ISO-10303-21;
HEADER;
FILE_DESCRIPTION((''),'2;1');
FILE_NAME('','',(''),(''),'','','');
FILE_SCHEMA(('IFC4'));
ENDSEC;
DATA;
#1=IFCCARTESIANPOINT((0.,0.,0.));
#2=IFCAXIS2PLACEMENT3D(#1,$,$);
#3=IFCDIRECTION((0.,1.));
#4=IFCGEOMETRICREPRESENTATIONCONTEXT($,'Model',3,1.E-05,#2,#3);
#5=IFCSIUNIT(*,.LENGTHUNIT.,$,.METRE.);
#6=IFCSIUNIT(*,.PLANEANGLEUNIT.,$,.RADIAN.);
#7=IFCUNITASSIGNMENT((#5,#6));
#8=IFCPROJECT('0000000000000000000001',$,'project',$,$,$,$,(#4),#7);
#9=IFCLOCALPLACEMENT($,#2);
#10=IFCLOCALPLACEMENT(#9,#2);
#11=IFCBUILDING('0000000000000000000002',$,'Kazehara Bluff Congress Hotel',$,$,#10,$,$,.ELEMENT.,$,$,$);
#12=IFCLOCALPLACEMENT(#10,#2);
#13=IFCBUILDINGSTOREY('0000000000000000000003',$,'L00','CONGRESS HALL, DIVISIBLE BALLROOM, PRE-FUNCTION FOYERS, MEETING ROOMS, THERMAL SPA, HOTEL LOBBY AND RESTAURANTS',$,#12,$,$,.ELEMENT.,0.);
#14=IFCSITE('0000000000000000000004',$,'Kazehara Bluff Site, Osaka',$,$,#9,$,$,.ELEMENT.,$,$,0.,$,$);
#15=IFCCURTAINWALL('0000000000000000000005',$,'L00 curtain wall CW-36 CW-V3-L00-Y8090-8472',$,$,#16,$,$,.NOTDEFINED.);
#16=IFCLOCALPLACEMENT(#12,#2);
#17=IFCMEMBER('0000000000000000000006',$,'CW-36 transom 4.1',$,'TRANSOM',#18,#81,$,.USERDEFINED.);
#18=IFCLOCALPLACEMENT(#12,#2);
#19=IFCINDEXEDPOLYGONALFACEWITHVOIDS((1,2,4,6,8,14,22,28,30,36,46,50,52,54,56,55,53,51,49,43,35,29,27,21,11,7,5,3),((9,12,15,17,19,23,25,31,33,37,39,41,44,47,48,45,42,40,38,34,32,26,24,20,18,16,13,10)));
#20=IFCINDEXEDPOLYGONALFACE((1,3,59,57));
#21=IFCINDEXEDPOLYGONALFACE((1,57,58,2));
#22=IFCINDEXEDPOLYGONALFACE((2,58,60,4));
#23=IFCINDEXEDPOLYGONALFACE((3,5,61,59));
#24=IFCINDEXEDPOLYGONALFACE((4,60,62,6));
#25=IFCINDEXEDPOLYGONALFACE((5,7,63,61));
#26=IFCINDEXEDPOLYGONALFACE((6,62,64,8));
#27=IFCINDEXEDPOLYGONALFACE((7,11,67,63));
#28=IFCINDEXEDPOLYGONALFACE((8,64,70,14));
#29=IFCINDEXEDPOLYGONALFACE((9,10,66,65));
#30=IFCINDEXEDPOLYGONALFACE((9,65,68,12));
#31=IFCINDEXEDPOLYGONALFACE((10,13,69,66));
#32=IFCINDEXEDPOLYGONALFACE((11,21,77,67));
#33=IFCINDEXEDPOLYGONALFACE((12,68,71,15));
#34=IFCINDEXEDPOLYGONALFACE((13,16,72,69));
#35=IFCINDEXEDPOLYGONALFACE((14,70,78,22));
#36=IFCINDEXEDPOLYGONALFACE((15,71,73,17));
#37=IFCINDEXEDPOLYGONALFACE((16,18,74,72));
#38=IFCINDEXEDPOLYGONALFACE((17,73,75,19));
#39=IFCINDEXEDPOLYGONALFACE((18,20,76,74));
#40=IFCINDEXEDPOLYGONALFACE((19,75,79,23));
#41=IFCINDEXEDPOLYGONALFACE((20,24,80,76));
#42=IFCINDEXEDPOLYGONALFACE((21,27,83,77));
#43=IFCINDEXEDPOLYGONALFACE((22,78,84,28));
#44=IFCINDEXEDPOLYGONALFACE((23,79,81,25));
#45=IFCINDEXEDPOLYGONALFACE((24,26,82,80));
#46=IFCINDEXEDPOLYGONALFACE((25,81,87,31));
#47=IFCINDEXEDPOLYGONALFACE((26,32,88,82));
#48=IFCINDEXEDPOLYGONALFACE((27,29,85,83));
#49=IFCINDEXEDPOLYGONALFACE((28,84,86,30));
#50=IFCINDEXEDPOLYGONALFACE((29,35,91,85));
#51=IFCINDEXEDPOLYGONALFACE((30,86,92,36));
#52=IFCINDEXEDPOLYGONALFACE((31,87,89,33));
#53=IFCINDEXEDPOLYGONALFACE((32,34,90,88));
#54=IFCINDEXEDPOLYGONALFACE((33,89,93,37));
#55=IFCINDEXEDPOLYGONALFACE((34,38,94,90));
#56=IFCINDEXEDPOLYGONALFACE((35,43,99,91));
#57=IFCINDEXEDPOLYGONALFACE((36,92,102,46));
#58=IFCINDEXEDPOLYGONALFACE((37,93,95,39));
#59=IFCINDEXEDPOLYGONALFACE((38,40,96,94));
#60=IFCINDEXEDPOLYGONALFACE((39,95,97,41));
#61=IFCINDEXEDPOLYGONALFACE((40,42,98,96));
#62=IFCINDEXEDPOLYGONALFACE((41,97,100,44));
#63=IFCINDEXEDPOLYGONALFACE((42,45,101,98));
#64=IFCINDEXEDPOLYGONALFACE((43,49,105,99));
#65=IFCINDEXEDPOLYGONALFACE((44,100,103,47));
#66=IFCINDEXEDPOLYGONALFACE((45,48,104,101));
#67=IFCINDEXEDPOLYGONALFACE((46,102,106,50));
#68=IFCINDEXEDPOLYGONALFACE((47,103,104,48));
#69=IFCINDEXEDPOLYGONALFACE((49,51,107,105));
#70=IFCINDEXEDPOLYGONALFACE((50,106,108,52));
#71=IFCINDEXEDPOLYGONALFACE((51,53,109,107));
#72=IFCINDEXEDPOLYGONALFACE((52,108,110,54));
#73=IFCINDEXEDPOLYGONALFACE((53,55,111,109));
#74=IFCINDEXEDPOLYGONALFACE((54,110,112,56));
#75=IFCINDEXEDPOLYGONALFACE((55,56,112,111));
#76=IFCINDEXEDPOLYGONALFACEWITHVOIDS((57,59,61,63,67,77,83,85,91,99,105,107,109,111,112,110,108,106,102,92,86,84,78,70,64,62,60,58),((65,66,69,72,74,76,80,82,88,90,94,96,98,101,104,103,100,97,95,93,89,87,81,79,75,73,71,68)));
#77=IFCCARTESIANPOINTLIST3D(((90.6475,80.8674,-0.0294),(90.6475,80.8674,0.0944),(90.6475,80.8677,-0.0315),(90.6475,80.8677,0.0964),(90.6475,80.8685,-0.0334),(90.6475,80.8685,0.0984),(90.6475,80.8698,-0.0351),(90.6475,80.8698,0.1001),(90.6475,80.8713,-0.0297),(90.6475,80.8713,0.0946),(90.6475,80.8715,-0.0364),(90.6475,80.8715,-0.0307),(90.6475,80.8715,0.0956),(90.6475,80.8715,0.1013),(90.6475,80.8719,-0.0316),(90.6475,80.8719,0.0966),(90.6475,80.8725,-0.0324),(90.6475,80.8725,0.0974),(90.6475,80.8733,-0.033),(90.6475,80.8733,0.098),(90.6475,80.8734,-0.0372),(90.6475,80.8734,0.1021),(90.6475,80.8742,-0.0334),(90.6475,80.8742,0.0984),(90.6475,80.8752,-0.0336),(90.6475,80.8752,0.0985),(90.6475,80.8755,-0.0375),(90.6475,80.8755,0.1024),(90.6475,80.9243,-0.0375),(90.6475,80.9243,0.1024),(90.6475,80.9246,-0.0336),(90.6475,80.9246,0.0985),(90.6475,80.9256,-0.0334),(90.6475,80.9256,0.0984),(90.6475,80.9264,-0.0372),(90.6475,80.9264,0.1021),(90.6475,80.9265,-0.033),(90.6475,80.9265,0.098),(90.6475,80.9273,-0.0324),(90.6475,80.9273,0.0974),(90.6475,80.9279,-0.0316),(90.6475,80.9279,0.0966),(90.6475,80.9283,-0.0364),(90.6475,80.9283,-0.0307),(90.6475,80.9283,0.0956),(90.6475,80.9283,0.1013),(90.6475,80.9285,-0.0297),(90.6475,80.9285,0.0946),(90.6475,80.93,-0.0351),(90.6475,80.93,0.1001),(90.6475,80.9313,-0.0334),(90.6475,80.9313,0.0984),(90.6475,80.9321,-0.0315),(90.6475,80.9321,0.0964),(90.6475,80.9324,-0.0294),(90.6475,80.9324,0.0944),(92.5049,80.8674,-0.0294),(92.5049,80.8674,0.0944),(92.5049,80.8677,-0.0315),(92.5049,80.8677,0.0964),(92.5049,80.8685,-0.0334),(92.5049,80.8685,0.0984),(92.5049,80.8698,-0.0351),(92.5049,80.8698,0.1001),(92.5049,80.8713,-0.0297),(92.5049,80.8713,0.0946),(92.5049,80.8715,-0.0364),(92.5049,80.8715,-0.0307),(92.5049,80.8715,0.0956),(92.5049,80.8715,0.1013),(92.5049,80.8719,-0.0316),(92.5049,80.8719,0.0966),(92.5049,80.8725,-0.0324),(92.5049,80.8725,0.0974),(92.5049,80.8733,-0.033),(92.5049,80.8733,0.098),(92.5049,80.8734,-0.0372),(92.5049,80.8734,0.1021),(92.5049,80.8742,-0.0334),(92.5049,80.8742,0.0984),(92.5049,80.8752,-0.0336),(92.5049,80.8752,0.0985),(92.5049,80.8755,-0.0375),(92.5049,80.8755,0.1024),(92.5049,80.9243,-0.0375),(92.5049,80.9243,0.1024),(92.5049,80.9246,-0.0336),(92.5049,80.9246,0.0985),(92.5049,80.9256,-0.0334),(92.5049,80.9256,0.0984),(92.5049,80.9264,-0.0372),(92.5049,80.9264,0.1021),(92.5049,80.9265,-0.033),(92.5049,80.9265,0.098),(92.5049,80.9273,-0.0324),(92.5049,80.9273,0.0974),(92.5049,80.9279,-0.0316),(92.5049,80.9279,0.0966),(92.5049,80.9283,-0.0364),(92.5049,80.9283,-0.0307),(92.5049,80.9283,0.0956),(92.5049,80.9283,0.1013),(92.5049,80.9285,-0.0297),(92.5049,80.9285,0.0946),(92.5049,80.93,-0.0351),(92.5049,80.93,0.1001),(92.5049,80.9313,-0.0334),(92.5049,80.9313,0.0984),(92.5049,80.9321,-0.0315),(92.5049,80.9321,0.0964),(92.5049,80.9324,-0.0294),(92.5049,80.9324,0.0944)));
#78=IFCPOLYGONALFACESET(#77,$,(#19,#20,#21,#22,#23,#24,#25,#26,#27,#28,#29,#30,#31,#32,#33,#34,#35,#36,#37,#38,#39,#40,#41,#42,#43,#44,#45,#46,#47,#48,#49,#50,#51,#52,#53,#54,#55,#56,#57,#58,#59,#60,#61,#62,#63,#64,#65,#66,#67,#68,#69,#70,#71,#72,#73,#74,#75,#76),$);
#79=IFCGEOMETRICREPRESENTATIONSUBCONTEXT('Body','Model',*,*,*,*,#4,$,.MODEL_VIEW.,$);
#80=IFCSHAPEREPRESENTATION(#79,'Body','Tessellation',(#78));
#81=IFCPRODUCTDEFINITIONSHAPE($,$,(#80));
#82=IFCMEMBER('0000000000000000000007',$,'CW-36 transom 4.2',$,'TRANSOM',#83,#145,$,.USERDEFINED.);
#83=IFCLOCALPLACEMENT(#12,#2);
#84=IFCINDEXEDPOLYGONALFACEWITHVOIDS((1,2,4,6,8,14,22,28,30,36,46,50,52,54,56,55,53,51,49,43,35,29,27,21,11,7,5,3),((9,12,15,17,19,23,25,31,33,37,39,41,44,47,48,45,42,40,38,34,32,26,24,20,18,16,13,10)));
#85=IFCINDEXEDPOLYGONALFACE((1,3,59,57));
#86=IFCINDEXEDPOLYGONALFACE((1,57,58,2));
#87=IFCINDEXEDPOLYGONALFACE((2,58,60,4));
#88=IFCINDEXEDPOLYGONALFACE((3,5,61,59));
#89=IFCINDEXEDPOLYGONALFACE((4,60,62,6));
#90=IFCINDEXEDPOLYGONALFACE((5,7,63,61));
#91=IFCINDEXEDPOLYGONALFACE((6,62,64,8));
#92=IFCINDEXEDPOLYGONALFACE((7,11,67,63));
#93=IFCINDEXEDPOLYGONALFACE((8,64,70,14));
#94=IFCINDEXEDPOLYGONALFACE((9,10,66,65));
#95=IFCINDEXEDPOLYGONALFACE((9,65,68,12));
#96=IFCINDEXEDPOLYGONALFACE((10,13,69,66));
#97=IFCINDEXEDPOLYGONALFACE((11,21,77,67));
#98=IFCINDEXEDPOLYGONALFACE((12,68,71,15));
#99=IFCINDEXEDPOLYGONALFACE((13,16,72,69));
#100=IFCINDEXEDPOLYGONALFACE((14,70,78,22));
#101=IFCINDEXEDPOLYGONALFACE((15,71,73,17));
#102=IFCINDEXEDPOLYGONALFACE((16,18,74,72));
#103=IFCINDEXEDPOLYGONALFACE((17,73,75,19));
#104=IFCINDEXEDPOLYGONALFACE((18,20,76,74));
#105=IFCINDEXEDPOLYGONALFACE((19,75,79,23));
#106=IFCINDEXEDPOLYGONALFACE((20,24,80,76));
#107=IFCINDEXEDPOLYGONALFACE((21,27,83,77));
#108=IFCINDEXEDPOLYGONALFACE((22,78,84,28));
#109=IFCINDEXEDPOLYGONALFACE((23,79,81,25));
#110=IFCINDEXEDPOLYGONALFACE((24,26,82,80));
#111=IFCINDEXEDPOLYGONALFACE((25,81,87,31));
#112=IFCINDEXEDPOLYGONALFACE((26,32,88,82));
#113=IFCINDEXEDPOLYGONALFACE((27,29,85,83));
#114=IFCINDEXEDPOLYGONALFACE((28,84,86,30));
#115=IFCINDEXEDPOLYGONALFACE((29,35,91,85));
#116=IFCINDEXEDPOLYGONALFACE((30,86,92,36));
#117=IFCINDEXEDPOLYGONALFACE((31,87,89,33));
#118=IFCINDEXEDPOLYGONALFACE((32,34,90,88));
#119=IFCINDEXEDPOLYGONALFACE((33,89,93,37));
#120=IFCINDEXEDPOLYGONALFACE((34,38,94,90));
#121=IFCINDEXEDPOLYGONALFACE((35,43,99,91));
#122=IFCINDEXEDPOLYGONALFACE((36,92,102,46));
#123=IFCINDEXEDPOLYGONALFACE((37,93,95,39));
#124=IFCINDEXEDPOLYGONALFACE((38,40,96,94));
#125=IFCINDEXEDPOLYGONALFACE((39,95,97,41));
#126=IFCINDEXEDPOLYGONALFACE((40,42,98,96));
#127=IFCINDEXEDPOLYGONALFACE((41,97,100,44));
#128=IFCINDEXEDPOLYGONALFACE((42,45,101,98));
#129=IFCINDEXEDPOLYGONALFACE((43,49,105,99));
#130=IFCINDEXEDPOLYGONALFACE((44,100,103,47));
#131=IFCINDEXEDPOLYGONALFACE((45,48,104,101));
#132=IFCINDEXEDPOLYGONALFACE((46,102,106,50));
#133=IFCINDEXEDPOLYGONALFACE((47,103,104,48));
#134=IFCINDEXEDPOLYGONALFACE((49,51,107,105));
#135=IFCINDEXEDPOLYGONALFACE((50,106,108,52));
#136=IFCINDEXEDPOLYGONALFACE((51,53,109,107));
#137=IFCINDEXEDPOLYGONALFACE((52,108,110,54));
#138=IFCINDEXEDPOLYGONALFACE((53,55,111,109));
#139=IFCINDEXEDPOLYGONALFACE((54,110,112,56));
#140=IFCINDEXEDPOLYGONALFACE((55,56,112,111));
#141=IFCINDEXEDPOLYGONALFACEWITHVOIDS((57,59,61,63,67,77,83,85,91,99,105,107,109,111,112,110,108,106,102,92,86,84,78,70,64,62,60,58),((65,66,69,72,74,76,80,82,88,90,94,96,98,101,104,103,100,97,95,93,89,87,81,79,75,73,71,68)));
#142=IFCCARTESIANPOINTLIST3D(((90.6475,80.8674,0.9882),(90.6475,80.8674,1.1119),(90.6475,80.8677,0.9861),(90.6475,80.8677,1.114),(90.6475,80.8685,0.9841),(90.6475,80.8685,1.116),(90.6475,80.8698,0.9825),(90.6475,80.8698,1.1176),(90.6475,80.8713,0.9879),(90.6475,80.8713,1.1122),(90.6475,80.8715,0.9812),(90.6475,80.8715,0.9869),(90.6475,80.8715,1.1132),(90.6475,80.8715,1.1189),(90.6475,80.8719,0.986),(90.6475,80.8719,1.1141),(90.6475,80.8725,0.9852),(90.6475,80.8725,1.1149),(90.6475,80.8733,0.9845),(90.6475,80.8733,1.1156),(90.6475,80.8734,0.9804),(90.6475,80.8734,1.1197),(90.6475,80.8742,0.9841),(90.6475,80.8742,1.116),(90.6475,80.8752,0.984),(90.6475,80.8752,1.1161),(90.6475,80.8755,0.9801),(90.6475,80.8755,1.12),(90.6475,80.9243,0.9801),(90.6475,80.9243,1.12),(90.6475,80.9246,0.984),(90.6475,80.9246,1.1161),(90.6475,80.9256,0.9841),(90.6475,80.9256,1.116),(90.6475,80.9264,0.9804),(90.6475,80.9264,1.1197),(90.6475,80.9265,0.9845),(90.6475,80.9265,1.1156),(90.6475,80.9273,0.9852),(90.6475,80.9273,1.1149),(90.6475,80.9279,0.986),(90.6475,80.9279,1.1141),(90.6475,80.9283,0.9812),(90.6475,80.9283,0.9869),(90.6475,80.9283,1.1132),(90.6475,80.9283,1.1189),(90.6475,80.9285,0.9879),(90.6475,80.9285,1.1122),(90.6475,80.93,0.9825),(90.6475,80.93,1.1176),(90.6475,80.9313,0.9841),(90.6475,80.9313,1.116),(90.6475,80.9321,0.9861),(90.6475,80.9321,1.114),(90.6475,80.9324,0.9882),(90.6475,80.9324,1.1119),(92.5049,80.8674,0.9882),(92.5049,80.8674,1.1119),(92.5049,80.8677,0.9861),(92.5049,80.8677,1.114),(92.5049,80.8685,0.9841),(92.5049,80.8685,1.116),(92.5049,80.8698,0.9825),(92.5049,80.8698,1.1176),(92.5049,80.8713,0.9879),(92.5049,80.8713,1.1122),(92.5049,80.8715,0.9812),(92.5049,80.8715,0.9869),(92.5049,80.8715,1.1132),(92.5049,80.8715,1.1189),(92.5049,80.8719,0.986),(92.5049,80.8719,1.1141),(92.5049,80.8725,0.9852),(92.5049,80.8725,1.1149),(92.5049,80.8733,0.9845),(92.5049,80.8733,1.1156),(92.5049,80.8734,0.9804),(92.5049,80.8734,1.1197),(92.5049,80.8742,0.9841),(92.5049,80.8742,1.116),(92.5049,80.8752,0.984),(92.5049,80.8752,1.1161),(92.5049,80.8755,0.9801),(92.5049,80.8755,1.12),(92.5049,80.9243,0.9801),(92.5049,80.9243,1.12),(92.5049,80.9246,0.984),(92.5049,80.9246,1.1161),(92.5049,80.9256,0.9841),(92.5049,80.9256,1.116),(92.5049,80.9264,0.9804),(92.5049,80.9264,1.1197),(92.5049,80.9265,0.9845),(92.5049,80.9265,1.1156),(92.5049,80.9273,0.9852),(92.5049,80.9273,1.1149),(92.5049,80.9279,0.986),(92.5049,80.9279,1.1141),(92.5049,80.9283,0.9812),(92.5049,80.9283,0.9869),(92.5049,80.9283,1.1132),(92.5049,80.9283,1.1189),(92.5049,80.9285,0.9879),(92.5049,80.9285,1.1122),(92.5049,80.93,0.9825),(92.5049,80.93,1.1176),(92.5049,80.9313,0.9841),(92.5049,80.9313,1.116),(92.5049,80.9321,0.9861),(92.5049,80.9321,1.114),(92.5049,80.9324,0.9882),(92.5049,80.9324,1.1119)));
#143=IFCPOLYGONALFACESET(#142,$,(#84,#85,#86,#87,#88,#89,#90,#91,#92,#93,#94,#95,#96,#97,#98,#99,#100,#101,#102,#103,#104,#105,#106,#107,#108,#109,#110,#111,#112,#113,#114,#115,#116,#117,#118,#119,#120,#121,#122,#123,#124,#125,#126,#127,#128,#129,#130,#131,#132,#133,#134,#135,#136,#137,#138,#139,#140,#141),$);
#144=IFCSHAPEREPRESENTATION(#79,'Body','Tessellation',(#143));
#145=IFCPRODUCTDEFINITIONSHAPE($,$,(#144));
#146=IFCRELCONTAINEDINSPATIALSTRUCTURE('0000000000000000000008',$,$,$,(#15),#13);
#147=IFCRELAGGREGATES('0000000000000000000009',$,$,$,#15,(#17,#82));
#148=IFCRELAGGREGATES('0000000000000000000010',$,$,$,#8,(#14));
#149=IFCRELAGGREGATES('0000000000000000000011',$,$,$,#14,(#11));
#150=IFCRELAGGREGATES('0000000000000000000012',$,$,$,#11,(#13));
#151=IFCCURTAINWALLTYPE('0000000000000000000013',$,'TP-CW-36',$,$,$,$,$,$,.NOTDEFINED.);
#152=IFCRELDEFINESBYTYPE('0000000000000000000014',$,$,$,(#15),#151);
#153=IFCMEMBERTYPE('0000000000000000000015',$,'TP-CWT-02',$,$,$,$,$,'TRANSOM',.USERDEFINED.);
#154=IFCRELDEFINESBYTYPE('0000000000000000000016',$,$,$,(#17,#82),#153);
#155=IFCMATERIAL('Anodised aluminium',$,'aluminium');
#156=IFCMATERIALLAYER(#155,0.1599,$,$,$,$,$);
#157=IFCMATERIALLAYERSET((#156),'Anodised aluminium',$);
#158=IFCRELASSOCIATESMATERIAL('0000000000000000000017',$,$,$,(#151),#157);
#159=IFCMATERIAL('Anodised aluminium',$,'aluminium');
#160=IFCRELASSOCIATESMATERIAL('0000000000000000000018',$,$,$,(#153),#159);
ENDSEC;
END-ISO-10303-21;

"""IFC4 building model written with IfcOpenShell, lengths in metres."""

from ifc_helpers import new_model, si_unit, direction, frame, origin, origin_2d, place, context, subcontext, project, spatial, hollow_rectangle, extrude, material, layer, layer_set, material_profile, profile_set, type_object, element, aggregate, save


model = new_model("IFC4")

# Units and contexts
model_context = context("Model", 3, precision=1e-05, world=origin(), true_north=direction((0.0, 1.0)))
body_context = subcontext(model_context, "Body", "Model", "MODEL_VIEW")
ifc_project = project(units=[si_unit("LENGTHUNIT", "METRE"), si_unit("PLANEANGLEUNIT", "RADIAN")], contexts=[model_context])

# Site, building, storey
site_placement = place(None, origin())
site = spatial("IfcSite", under=ifc_project, at=site_placement, Name="Kazehara Bluff Site, Osaka", CompositionType="ELEMENT", RefElevation=0.0)
building_placement = place(site_placement, origin())
building = spatial("IfcBuilding", under=site, at=building_placement, Name="Kazehara Bluff Congress Hotel", CompositionType="ELEMENT")
storey_placement = place(building_placement, origin())
storey = spatial("IfcBuildingStorey", under=building, at=storey_placement, Name="L00", Description="CONGRESS HALL, DIVISIBLE BALLROOM, PRE-FUNCTION FOYERS, MEETING ROOMS, THERMAL SPA, HOTEL LOBBY AND RESTAURANTS", CompositionType="ELEMENT", Elevation=0.0)

# Curtain wall, members
ifc_material_1 = material(Name="Anodised aluminium", Category="aluminium")
ifc_layer_1 = layer(ifc_material_1, 0.1599)
ifc_layer_set_1 = layer_set([ifc_layer_1], Name="Anodised aluminium")
curtain_wall_type = type_object("IfcCurtainWallType", Name="TP-CW-36", PredefinedType="NOTDEFINED", material=ifc_layer_set_1)
curtain_wall_placement = place(storey_placement, origin())
curtain_wall = element("IfcCurtainWall", 1, at=curtain_wall_placement, inside=storey, type_object=curtain_wall_type, Name="L00 curtain wall CW-36 CW-V3-L00-Y8090-8472", PredefinedType="NOTDEFINED")
ifc_material_2 = material(Name="Anodised aluminium", Category="aluminium")
ifc_material_profile_1 = material_profile(ifc_material_2, hollow_rectangle(XDim=0.0649, YDim=0.1399, WallThickness=0.0039, InnerFilletRadius=0.0039, OuterFilletRadius=0.0081, at=origin_2d()))
ifc_profile_set_1 = profile_set([ifc_material_profile_1], Name="Anodised aluminium")
member_type_1 = type_object("IfcMemberType", Name="TP-CWT-02", ElementType="TRANSOM", PredefinedType="USERDEFINED", material=ifc_profile_set_1)
member_1_placement = place(storey_placement, frame((90.6475, 80.8999, 0.0325), z_axis=(1.0, 0.0, 0.0), x_axis=(0.0, 1.0, 0.0)))
member_1 = element("IfcMember", 2, at=member_1_placement, type_object=member_type_1, Name="CW-36 transom 4.1", ObjectType="TRANSOM", PredefinedType="USERDEFINED", context=body_context, shape_type="SweptSolid", body=[
    extrude(hollow_rectangle(XDim=0.0649, YDim=0.1399, WallThickness=0.0039, InnerFilletRadius=0.0039, OuterFilletRadius=0.0081, at=origin_2d()), origin(), (0.0, 0.0, 1.0), 1.8574),
])
member_2_placement = place(storey_placement, frame((90.6475, 80.8999, 1.05), z_axis=(1.0, 0.0, 0.0), x_axis=(0.0, 1.0, 0.0)))
member_2 = element("IfcMember", 3, at=member_2_placement, type_object=member_type_1, Name="CW-36 transom 4.2", ObjectType="TRANSOM", PredefinedType="USERDEFINED", context=body_context, shape_type="SweptSolid", body=[
    extrude(hollow_rectangle(XDim=0.0649, YDim=0.1399, WallThickness=0.0039, InnerFilletRadius=0.0039, OuterFilletRadius=0.0081, at=origin_2d()), origin(), (0.0, 0.0, 1.0), 1.8574),
])

aggregate(curtain_wall, [member_1, member_2])

save(model, "model.ifc")
